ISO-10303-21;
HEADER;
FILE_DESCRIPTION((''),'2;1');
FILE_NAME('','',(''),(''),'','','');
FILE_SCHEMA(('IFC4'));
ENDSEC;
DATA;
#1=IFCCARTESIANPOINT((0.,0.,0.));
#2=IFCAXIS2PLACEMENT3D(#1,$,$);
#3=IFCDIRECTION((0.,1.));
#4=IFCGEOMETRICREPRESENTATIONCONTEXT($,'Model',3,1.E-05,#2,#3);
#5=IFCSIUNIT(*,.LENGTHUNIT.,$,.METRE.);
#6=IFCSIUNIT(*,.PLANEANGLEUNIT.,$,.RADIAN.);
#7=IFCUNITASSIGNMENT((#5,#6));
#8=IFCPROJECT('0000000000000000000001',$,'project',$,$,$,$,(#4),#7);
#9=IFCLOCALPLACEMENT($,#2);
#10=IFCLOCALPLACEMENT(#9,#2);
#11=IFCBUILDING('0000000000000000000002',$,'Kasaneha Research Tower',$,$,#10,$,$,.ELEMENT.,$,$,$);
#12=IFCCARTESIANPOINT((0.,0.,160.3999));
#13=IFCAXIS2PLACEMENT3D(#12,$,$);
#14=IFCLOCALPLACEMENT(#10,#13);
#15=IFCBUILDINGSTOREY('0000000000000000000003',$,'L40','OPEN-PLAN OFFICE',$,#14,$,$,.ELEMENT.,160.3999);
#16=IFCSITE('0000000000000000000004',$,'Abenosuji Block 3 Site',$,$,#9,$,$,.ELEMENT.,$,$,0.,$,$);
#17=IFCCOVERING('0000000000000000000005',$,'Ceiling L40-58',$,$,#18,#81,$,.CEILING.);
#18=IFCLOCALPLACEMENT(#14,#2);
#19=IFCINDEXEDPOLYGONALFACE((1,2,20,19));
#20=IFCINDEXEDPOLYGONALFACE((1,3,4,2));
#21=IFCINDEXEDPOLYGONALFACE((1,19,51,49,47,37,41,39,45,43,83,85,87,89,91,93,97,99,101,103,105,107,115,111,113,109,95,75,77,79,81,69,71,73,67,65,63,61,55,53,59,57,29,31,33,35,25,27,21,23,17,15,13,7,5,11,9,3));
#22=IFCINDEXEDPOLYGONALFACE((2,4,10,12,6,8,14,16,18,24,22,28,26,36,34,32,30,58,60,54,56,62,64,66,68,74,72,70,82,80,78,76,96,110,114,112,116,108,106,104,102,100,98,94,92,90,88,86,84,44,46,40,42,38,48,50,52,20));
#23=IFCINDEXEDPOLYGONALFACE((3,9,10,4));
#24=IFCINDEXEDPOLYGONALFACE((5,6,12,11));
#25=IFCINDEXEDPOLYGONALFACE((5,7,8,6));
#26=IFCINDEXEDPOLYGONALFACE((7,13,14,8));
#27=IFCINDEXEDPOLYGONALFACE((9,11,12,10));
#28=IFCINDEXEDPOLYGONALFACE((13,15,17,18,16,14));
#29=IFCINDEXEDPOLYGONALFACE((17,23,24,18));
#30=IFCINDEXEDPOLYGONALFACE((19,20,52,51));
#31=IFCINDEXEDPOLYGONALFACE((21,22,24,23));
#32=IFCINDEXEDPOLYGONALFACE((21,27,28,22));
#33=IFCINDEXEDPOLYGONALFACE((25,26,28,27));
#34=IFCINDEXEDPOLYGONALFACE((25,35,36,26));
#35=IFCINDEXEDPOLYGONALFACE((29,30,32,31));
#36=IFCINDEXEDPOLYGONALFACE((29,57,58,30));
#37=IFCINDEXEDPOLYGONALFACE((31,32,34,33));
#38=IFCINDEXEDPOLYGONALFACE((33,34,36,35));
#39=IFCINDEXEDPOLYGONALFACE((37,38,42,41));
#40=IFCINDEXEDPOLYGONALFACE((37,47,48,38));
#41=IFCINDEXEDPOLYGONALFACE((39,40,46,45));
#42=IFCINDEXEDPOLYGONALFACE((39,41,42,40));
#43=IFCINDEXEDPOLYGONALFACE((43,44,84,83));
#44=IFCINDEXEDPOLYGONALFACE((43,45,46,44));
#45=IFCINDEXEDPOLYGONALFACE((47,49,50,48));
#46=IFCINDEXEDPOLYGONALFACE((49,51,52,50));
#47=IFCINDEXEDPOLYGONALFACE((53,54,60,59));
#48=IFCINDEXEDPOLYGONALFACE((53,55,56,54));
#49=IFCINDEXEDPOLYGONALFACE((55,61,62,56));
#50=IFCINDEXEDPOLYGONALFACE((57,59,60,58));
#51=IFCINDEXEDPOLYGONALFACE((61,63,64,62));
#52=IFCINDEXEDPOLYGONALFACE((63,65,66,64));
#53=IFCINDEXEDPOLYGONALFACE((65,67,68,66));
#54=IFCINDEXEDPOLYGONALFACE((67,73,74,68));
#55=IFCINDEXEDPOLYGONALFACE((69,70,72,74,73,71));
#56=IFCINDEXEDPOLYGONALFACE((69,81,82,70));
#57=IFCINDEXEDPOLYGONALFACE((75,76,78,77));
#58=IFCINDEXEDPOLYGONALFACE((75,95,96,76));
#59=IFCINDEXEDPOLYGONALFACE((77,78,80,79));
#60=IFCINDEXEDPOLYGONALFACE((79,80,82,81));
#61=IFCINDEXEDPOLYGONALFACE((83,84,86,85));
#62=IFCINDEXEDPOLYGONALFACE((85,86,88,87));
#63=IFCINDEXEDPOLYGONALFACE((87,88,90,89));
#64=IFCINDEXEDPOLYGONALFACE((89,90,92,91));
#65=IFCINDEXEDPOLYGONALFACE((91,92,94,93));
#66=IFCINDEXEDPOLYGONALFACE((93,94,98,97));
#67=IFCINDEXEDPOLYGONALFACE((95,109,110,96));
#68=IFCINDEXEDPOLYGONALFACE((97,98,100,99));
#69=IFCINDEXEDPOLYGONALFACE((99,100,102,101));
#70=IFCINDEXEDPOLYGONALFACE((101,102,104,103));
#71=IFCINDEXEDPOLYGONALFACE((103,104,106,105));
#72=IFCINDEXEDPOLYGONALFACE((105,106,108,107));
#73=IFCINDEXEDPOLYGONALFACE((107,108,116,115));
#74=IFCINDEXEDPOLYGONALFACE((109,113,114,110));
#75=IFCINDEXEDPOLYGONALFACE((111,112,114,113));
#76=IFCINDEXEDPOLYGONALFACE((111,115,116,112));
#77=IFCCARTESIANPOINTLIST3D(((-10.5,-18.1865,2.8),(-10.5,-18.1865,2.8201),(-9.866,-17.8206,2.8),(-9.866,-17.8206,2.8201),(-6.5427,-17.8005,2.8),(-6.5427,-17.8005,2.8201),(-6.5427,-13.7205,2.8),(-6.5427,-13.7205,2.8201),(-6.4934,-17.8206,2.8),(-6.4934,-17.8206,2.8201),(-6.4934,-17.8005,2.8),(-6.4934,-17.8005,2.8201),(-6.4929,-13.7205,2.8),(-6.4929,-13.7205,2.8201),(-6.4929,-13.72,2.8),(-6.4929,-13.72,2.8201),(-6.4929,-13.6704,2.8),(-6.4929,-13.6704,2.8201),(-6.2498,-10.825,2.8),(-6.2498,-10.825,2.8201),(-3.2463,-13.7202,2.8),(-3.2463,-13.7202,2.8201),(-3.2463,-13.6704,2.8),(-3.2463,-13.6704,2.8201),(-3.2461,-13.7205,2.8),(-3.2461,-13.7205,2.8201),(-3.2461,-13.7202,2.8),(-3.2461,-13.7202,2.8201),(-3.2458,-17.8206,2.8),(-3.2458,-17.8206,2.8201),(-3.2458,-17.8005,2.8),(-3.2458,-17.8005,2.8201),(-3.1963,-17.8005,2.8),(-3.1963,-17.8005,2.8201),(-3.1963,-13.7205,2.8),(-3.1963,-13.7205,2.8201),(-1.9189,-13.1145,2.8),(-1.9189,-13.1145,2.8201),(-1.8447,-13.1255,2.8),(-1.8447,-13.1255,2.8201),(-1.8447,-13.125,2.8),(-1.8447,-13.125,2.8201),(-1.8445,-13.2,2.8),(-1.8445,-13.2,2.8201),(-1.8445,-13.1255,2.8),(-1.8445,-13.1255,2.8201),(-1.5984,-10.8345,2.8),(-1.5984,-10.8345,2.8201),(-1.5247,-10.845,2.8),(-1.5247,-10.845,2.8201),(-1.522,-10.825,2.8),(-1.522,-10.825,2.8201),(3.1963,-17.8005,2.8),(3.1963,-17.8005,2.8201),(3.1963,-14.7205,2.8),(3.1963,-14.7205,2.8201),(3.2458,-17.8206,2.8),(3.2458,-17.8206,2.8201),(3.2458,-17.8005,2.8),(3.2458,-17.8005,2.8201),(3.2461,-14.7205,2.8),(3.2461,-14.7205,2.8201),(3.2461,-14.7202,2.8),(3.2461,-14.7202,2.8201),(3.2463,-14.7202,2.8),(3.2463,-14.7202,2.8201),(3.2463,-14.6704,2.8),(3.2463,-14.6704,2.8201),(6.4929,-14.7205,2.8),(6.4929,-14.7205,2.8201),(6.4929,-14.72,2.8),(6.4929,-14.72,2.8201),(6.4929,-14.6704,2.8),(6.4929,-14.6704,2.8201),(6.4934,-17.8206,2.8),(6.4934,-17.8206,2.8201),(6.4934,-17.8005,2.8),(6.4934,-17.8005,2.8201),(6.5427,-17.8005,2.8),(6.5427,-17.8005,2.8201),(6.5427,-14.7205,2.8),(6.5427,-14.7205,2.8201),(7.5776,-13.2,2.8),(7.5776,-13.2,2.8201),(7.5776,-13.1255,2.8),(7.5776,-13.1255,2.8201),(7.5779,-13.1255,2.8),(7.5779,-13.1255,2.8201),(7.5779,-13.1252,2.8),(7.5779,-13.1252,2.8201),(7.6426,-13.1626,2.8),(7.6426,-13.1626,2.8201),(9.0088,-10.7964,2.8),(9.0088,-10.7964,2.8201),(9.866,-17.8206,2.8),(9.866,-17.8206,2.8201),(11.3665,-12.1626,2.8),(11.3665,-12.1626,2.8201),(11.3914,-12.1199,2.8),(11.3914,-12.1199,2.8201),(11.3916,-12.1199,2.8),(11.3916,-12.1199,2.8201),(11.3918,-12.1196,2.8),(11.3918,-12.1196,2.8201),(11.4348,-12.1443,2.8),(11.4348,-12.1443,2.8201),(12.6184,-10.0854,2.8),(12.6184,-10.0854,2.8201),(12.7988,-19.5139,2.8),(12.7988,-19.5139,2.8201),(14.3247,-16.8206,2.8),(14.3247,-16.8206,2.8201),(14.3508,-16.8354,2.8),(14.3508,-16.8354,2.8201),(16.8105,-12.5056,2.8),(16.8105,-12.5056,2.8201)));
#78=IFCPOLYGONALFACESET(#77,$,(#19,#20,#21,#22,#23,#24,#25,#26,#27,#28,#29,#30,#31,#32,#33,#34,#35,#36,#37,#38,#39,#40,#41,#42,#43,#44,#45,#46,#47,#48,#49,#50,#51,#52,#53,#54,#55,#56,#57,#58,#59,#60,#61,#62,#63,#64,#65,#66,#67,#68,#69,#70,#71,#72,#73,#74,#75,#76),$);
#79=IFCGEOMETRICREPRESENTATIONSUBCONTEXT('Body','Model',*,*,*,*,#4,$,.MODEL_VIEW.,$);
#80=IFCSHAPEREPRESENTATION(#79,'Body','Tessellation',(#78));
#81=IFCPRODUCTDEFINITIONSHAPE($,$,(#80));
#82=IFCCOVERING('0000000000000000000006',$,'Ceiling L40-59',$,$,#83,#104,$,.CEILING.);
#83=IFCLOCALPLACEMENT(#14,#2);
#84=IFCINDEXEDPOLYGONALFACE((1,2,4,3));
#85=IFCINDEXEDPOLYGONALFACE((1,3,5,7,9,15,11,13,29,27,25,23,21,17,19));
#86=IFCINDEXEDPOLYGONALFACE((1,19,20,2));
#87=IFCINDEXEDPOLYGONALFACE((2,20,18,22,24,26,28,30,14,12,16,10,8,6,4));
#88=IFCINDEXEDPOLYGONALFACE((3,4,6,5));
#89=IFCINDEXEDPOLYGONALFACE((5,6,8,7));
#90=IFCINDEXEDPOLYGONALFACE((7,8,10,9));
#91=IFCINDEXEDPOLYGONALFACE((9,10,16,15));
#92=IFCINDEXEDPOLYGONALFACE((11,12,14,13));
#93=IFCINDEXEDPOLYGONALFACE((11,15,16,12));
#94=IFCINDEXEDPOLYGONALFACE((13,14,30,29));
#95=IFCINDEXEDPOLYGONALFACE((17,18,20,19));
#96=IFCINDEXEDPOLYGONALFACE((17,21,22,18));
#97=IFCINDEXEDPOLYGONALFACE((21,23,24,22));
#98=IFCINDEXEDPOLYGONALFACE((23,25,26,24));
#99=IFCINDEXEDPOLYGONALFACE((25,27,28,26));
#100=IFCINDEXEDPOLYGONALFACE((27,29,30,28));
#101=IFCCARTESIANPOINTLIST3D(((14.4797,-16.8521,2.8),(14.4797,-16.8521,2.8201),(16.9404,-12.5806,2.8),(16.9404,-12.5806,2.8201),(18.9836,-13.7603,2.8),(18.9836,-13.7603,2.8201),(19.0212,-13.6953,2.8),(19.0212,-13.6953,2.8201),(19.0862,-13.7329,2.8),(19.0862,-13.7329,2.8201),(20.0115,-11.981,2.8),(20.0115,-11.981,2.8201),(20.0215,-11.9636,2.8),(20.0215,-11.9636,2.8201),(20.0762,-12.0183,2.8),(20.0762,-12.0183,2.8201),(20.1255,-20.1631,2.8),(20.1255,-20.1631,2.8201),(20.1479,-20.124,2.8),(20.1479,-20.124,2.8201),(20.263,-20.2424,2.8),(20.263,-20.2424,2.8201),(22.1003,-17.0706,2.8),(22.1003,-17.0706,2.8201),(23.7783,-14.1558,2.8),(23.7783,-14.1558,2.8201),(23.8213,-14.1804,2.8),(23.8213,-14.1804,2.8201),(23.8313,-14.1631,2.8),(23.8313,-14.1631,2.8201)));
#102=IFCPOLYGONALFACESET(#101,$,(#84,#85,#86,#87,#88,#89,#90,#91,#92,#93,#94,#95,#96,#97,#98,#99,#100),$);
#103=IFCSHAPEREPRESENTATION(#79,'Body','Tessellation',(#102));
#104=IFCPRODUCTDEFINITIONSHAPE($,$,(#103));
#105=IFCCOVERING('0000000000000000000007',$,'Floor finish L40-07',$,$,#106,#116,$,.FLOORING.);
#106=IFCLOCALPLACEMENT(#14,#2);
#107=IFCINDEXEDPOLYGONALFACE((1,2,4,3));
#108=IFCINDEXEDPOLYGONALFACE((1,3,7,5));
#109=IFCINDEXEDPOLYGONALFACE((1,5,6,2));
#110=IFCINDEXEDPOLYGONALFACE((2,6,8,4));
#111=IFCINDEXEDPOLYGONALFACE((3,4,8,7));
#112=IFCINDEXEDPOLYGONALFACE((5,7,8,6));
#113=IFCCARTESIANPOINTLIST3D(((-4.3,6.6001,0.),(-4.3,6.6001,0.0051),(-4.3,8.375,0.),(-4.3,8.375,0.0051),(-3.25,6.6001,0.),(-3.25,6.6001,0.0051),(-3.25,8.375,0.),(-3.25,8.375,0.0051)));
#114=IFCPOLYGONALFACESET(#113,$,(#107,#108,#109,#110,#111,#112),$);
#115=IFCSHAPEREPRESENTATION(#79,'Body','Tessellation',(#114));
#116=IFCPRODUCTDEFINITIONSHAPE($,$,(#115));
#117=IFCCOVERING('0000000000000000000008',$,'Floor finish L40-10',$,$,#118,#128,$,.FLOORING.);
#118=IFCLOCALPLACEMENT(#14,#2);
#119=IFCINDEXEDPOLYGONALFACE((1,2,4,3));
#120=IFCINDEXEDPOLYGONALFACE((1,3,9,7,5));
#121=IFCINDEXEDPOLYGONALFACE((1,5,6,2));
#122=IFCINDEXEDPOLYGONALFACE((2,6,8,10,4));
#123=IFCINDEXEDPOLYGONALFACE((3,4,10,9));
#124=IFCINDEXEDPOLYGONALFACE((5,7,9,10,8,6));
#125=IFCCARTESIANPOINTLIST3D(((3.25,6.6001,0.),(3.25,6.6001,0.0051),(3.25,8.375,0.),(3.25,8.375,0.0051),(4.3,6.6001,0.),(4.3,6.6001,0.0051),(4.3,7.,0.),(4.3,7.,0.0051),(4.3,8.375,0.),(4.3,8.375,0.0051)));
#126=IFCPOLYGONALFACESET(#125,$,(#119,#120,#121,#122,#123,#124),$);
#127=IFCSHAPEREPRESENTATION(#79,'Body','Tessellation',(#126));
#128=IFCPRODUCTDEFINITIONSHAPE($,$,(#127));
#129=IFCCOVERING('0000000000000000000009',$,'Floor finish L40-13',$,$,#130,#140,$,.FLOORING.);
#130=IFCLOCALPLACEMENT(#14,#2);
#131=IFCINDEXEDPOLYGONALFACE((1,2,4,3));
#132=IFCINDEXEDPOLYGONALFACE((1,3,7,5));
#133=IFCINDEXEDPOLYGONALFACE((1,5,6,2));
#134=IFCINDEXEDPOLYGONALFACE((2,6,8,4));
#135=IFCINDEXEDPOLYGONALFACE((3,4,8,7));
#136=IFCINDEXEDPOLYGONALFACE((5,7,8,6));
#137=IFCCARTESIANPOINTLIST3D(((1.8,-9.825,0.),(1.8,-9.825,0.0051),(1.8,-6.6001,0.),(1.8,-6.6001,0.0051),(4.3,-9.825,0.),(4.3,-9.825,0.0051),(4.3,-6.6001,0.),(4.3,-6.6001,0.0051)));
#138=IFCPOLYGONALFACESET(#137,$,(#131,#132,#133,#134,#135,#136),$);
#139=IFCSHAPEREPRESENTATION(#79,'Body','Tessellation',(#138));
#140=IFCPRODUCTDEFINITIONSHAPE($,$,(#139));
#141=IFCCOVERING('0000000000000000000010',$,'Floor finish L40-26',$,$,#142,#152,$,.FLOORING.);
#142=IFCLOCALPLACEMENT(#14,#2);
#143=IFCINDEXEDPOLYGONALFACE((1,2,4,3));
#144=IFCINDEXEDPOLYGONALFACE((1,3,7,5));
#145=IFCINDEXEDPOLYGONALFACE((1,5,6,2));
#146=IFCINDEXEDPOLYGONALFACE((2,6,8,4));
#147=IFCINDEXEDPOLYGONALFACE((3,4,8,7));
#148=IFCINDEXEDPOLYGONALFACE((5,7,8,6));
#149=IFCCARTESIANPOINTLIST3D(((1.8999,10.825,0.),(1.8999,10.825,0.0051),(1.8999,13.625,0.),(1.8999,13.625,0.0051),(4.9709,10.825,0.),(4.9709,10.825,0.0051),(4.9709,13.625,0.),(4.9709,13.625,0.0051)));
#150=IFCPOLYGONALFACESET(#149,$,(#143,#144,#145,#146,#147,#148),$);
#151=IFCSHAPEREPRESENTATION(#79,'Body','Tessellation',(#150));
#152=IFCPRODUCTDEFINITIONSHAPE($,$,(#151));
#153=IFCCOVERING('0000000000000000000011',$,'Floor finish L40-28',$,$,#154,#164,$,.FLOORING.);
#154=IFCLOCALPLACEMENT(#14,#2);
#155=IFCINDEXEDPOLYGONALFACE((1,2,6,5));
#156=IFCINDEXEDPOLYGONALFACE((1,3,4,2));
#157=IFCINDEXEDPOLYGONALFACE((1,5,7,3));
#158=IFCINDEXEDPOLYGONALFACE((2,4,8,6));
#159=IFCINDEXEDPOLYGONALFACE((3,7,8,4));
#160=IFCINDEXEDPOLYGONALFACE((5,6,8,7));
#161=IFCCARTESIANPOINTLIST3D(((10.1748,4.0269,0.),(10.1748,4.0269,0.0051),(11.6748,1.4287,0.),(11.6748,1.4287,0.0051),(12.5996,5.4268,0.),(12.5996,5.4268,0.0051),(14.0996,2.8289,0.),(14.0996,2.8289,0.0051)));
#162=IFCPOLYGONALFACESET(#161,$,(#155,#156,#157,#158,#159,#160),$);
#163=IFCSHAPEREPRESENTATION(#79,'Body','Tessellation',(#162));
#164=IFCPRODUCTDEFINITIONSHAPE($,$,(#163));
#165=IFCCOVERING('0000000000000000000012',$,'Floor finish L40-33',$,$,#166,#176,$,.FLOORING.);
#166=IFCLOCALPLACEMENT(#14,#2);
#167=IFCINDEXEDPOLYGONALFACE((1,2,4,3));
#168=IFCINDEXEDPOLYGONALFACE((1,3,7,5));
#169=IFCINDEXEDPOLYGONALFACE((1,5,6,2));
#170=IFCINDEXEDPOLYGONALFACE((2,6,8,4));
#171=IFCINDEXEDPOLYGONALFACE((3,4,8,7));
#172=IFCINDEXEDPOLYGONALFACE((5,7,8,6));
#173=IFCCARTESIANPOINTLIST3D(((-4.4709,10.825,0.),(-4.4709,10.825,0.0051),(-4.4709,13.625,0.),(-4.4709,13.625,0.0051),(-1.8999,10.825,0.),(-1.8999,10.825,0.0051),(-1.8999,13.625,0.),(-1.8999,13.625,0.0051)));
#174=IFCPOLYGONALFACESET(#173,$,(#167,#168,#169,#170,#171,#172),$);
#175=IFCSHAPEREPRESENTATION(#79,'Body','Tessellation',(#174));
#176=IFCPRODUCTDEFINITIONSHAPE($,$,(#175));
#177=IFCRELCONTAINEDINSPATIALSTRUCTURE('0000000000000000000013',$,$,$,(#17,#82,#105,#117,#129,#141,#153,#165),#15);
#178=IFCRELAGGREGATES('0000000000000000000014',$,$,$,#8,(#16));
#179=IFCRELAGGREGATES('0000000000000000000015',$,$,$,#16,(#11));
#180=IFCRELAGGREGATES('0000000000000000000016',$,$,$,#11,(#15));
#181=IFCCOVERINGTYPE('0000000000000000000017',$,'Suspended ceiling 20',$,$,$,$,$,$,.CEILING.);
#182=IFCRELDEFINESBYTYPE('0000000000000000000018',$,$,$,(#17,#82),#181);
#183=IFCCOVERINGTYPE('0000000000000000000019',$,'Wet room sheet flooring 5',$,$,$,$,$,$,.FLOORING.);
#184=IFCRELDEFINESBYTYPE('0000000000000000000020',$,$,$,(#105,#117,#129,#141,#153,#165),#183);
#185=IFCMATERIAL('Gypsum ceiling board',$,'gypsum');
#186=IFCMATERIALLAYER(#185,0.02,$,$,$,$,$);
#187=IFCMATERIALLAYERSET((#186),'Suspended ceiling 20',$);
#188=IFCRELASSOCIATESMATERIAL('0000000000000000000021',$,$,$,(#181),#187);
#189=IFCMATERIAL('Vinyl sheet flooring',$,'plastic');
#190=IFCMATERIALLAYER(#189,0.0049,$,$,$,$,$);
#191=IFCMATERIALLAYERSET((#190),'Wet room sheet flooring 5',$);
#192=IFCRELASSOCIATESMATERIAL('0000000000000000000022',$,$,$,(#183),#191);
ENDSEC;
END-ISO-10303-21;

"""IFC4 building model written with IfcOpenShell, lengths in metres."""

from ifc_helpers import new_model, si_unit, direction, frame, origin, place, context, subcontext, project, spatial, polyline, outline, extrude, material, layer, layer_set, type_object, element, save


model = new_model("IFC4")

# Units and contexts
model_context = context("Model", 3, precision=1e-05, world=origin(), true_north=direction((0.0, 1.0)))
body_context = subcontext(model_context, "Body", "Model", "MODEL_VIEW")
ifc_project = project(units=[si_unit("LENGTHUNIT", "METRE"), si_unit("PLANEANGLEUNIT", "RADIAN")], contexts=[model_context])

# Site, building, storey
site_placement = place(None, origin())
site = spatial("IfcSite", under=ifc_project, at=site_placement, Name="Abenosuji Block 3 Site", CompositionType="ELEMENT", RefElevation=0.0)
building_placement = place(site_placement, origin())
building = spatial("IfcBuilding", under=site, at=building_placement, Name="Kasaneha Research Tower", CompositionType="ELEMENT")
storey_placement = place(building_placement, frame((0.0, 0.0, 160.3999)))
storey = spatial("IfcBuildingStorey", under=building, at=storey_placement, Name="L40", Description="OPEN-PLAN OFFICE", CompositionType="ELEMENT", Elevation=160.3999)

# Coverings
ifc_material_1 = material(Name="Gypsum ceiling board", Category="gypsum")
ifc_layer_1 = layer(ifc_material_1, 0.02)
ifc_layer_set_1 = layer_set([ifc_layer_1], Name="Suspended ceiling 20")
covering_type_1 = type_object("IfcCoveringType", Name="Suspended ceiling 20", PredefinedType="CEILING", material=ifc_layer_set_1)
covering_1_placement = place(storey_placement, frame((0.0, 0.0, 2.8)))
element("IfcCovering", 1, at=covering_1_placement, inside=storey, type_object=covering_type_1, Name="Ceiling L40-58", PredefinedType="CEILING", context=body_context, shape_type="SweptSolid", body=[
    extrude(outline(polyline([(6.4929, -14.72), (6.4929, -14.6704), (3.2463, -14.6704), (3.2463, -14.7202), (3.2461, -14.7202), (3.2461, -14.7205), (3.1963, -14.7205), (3.1963, -17.8005), (3.2458, -17.8005), (3.2458, -17.8206), (-3.2458, -17.8206), (-3.2458, -17.8005), (-3.1963, -17.8005), (-3.1963, -13.7205), (-3.2461, -13.7205), (-3.2461, -13.7202), (-3.2463, -13.7202), (-3.2463, -13.6704), (-6.4929, -13.6704), (-6.4929, -13.72), (-6.4929, -13.72), (-6.4929, -13.7205), (-6.5427, -13.7205), (-6.5427, -17.8005), (-6.4934, -17.8005), (-6.4934, -17.8206), (-9.866, -17.8206), (-10.5, -18.1865), (-6.2498, -10.825), (-1.522, -10.825), (-1.5247, -10.845), (-1.5984, -10.8345), (-1.9189, -13.1145), (-1.8447, -13.125), (-1.8447, -13.1255), (-1.8445, -13.1255), (-1.8445, -13.2), (7.5776, -13.2), (7.5776, -13.1255), (7.5779, -13.1255), (7.5779, -13.1252), (7.6426, -13.1626), (9.0088, -10.7964), (11.3665, -12.1626), (11.3914, -12.1199), (11.3916, -12.1199), (11.3918, -12.1196), (11.4348, -12.1443), (12.6184, -10.0854), (16.8105, -12.5056), (14.3247, -16.8206), (14.3508, -16.8354), (12.7988, -19.5139), (9.866, -17.8206), (6.4934, -17.8206), (6.4934, -17.8005), (6.5427, -17.8005), (6.5427, -14.7205), (6.4929, -14.7205), (6.4929, -14.72), (6.4929, -14.72)])), origin(), (0.0, 0.0, 1.0), 0.02),
])
covering_2_placement = place(storey_placement, frame((0.0, 0.0, 2.8)))
element("IfcCovering", 2, at=covering_2_placement, inside=storey, type_object=covering_type_1, Name="Ceiling L40-59", PredefinedType="CEILING", context=body_context, shape_type="SweptSolid", body=[
    extrude(outline(polyline([(23.8313, -14.1631), (23.8213, -14.1804), (23.7783, -14.1558), (22.1003, -17.0706), (20.2629, -20.2424), (20.2952, -20.261), (20.1255, -20.1631), (20.1479, -20.124), (14.4797, -16.8521), (16.9404, -12.5806), (18.9836, -13.7603), (19.0212, -13.6953), (19.0862, -13.7329), (20.0762, -12.0183), (20.0115, -11.981), (20.0215, -11.9636), (23.8313, -14.1631)])), origin(), (0.0, 0.0, 1.0), 0.02),
])
ifc_material_2 = material(Name="Vinyl sheet flooring", Category="plastic")
ifc_layer_2 = layer(ifc_material_2, 0.0049)
ifc_layer_set_2 = layer_set([ifc_layer_2], Name="Wet room sheet flooring 5")
covering_type_2 = type_object("IfcCoveringType", Name="Wet room sheet flooring 5", PredefinedType="FLOORING", material=ifc_layer_set_2)
covering_3_placement = place(storey_placement, origin())
element("IfcCovering", 3, at=covering_3_placement, inside=storey, type_object=covering_type_2, Name="Floor finish L40-07", PredefinedType="FLOORING", context=body_context, shape_type="SweptSolid", body=[
    extrude(outline(polyline([(-4.3, 6.6001), (-4.3, 8.375), (-3.25, 8.375), (-3.25, 6.6001), (-4.3, 6.6001)])), origin(), (0.0, 0.0, 1.0), 0.0051),
])
covering_4_placement = place(storey_placement, origin())
element("IfcCovering", 4, at=covering_4_placement, inside=storey, type_object=covering_type_2, Name="Floor finish L40-10", PredefinedType="FLOORING", context=body_context, shape_type="SweptSolid", body=[
    extrude(outline(polyline([(3.25, 6.6001), (3.25, 8.375), (4.3, 8.375), (4.3, 7.0), (4.3, 6.6001), (3.25, 6.6001)])), origin(), (0.0, 0.0, 1.0), 0.0051),
])
covering_5_placement = place(storey_placement, origin())
element("IfcCovering", 5, at=covering_5_placement, inside=storey, type_object=covering_type_2, Name="Floor finish L40-13", PredefinedType="FLOORING", context=body_context, shape_type="SweptSolid", body=[
    extrude(outline(polyline([(1.8, -9.825), (1.8, -6.6001), (4.3, -6.6001), (4.3, -9.825), (1.8, -9.825)])), origin(), (0.0, 0.0, 1.0), 0.0051),
])
covering_6_placement = place(storey_placement, origin())
element("IfcCovering", 6, at=covering_6_placement, inside=storey, type_object=covering_type_2, Name="Floor finish L40-26", PredefinedType="FLOORING", context=body_context, shape_type="SweptSolid", body=[
    extrude(outline(polyline([(4.9709, 13.625), (4.9709, 10.825), (1.8999, 10.825), (1.8999, 13.625), (4.9709, 13.625)])), origin(), (0.0, 0.0, 1.0), 0.0051),
])
covering_7_placement = place(storey_placement, origin())
element("IfcCovering", 7, at=covering_7_placement, inside=storey, type_object=covering_type_2, Name="Floor finish L40-28", PredefinedType="FLOORING", context=body_context, shape_type="SweptSolid", body=[
    extrude(outline(polyline([(14.0996, 2.8289), (11.6748, 1.4287), (10.1748, 4.0269), (12.5996, 5.4268), (14.0996, 2.8289)])), origin(), (0.0, 0.0, 1.0), 0.0051),
])
covering_8_placement = place(storey_placement, origin())
element("IfcCovering", 8, at=covering_8_placement, inside=storey, type_object=covering_type_2, Name="Floor finish L40-33", PredefinedType="FLOORING", context=body_context, shape_type="SweptSolid", body=[
    extrude(outline(polyline([(-1.8999, 13.625), (-1.8999, 10.825), (-4.4709, 10.825), (-4.4709, 13.625), (-1.8999, 13.625)])), origin(), (0.0, 0.0, 1.0), 0.0051),
])

save(model, "model.ifc")
